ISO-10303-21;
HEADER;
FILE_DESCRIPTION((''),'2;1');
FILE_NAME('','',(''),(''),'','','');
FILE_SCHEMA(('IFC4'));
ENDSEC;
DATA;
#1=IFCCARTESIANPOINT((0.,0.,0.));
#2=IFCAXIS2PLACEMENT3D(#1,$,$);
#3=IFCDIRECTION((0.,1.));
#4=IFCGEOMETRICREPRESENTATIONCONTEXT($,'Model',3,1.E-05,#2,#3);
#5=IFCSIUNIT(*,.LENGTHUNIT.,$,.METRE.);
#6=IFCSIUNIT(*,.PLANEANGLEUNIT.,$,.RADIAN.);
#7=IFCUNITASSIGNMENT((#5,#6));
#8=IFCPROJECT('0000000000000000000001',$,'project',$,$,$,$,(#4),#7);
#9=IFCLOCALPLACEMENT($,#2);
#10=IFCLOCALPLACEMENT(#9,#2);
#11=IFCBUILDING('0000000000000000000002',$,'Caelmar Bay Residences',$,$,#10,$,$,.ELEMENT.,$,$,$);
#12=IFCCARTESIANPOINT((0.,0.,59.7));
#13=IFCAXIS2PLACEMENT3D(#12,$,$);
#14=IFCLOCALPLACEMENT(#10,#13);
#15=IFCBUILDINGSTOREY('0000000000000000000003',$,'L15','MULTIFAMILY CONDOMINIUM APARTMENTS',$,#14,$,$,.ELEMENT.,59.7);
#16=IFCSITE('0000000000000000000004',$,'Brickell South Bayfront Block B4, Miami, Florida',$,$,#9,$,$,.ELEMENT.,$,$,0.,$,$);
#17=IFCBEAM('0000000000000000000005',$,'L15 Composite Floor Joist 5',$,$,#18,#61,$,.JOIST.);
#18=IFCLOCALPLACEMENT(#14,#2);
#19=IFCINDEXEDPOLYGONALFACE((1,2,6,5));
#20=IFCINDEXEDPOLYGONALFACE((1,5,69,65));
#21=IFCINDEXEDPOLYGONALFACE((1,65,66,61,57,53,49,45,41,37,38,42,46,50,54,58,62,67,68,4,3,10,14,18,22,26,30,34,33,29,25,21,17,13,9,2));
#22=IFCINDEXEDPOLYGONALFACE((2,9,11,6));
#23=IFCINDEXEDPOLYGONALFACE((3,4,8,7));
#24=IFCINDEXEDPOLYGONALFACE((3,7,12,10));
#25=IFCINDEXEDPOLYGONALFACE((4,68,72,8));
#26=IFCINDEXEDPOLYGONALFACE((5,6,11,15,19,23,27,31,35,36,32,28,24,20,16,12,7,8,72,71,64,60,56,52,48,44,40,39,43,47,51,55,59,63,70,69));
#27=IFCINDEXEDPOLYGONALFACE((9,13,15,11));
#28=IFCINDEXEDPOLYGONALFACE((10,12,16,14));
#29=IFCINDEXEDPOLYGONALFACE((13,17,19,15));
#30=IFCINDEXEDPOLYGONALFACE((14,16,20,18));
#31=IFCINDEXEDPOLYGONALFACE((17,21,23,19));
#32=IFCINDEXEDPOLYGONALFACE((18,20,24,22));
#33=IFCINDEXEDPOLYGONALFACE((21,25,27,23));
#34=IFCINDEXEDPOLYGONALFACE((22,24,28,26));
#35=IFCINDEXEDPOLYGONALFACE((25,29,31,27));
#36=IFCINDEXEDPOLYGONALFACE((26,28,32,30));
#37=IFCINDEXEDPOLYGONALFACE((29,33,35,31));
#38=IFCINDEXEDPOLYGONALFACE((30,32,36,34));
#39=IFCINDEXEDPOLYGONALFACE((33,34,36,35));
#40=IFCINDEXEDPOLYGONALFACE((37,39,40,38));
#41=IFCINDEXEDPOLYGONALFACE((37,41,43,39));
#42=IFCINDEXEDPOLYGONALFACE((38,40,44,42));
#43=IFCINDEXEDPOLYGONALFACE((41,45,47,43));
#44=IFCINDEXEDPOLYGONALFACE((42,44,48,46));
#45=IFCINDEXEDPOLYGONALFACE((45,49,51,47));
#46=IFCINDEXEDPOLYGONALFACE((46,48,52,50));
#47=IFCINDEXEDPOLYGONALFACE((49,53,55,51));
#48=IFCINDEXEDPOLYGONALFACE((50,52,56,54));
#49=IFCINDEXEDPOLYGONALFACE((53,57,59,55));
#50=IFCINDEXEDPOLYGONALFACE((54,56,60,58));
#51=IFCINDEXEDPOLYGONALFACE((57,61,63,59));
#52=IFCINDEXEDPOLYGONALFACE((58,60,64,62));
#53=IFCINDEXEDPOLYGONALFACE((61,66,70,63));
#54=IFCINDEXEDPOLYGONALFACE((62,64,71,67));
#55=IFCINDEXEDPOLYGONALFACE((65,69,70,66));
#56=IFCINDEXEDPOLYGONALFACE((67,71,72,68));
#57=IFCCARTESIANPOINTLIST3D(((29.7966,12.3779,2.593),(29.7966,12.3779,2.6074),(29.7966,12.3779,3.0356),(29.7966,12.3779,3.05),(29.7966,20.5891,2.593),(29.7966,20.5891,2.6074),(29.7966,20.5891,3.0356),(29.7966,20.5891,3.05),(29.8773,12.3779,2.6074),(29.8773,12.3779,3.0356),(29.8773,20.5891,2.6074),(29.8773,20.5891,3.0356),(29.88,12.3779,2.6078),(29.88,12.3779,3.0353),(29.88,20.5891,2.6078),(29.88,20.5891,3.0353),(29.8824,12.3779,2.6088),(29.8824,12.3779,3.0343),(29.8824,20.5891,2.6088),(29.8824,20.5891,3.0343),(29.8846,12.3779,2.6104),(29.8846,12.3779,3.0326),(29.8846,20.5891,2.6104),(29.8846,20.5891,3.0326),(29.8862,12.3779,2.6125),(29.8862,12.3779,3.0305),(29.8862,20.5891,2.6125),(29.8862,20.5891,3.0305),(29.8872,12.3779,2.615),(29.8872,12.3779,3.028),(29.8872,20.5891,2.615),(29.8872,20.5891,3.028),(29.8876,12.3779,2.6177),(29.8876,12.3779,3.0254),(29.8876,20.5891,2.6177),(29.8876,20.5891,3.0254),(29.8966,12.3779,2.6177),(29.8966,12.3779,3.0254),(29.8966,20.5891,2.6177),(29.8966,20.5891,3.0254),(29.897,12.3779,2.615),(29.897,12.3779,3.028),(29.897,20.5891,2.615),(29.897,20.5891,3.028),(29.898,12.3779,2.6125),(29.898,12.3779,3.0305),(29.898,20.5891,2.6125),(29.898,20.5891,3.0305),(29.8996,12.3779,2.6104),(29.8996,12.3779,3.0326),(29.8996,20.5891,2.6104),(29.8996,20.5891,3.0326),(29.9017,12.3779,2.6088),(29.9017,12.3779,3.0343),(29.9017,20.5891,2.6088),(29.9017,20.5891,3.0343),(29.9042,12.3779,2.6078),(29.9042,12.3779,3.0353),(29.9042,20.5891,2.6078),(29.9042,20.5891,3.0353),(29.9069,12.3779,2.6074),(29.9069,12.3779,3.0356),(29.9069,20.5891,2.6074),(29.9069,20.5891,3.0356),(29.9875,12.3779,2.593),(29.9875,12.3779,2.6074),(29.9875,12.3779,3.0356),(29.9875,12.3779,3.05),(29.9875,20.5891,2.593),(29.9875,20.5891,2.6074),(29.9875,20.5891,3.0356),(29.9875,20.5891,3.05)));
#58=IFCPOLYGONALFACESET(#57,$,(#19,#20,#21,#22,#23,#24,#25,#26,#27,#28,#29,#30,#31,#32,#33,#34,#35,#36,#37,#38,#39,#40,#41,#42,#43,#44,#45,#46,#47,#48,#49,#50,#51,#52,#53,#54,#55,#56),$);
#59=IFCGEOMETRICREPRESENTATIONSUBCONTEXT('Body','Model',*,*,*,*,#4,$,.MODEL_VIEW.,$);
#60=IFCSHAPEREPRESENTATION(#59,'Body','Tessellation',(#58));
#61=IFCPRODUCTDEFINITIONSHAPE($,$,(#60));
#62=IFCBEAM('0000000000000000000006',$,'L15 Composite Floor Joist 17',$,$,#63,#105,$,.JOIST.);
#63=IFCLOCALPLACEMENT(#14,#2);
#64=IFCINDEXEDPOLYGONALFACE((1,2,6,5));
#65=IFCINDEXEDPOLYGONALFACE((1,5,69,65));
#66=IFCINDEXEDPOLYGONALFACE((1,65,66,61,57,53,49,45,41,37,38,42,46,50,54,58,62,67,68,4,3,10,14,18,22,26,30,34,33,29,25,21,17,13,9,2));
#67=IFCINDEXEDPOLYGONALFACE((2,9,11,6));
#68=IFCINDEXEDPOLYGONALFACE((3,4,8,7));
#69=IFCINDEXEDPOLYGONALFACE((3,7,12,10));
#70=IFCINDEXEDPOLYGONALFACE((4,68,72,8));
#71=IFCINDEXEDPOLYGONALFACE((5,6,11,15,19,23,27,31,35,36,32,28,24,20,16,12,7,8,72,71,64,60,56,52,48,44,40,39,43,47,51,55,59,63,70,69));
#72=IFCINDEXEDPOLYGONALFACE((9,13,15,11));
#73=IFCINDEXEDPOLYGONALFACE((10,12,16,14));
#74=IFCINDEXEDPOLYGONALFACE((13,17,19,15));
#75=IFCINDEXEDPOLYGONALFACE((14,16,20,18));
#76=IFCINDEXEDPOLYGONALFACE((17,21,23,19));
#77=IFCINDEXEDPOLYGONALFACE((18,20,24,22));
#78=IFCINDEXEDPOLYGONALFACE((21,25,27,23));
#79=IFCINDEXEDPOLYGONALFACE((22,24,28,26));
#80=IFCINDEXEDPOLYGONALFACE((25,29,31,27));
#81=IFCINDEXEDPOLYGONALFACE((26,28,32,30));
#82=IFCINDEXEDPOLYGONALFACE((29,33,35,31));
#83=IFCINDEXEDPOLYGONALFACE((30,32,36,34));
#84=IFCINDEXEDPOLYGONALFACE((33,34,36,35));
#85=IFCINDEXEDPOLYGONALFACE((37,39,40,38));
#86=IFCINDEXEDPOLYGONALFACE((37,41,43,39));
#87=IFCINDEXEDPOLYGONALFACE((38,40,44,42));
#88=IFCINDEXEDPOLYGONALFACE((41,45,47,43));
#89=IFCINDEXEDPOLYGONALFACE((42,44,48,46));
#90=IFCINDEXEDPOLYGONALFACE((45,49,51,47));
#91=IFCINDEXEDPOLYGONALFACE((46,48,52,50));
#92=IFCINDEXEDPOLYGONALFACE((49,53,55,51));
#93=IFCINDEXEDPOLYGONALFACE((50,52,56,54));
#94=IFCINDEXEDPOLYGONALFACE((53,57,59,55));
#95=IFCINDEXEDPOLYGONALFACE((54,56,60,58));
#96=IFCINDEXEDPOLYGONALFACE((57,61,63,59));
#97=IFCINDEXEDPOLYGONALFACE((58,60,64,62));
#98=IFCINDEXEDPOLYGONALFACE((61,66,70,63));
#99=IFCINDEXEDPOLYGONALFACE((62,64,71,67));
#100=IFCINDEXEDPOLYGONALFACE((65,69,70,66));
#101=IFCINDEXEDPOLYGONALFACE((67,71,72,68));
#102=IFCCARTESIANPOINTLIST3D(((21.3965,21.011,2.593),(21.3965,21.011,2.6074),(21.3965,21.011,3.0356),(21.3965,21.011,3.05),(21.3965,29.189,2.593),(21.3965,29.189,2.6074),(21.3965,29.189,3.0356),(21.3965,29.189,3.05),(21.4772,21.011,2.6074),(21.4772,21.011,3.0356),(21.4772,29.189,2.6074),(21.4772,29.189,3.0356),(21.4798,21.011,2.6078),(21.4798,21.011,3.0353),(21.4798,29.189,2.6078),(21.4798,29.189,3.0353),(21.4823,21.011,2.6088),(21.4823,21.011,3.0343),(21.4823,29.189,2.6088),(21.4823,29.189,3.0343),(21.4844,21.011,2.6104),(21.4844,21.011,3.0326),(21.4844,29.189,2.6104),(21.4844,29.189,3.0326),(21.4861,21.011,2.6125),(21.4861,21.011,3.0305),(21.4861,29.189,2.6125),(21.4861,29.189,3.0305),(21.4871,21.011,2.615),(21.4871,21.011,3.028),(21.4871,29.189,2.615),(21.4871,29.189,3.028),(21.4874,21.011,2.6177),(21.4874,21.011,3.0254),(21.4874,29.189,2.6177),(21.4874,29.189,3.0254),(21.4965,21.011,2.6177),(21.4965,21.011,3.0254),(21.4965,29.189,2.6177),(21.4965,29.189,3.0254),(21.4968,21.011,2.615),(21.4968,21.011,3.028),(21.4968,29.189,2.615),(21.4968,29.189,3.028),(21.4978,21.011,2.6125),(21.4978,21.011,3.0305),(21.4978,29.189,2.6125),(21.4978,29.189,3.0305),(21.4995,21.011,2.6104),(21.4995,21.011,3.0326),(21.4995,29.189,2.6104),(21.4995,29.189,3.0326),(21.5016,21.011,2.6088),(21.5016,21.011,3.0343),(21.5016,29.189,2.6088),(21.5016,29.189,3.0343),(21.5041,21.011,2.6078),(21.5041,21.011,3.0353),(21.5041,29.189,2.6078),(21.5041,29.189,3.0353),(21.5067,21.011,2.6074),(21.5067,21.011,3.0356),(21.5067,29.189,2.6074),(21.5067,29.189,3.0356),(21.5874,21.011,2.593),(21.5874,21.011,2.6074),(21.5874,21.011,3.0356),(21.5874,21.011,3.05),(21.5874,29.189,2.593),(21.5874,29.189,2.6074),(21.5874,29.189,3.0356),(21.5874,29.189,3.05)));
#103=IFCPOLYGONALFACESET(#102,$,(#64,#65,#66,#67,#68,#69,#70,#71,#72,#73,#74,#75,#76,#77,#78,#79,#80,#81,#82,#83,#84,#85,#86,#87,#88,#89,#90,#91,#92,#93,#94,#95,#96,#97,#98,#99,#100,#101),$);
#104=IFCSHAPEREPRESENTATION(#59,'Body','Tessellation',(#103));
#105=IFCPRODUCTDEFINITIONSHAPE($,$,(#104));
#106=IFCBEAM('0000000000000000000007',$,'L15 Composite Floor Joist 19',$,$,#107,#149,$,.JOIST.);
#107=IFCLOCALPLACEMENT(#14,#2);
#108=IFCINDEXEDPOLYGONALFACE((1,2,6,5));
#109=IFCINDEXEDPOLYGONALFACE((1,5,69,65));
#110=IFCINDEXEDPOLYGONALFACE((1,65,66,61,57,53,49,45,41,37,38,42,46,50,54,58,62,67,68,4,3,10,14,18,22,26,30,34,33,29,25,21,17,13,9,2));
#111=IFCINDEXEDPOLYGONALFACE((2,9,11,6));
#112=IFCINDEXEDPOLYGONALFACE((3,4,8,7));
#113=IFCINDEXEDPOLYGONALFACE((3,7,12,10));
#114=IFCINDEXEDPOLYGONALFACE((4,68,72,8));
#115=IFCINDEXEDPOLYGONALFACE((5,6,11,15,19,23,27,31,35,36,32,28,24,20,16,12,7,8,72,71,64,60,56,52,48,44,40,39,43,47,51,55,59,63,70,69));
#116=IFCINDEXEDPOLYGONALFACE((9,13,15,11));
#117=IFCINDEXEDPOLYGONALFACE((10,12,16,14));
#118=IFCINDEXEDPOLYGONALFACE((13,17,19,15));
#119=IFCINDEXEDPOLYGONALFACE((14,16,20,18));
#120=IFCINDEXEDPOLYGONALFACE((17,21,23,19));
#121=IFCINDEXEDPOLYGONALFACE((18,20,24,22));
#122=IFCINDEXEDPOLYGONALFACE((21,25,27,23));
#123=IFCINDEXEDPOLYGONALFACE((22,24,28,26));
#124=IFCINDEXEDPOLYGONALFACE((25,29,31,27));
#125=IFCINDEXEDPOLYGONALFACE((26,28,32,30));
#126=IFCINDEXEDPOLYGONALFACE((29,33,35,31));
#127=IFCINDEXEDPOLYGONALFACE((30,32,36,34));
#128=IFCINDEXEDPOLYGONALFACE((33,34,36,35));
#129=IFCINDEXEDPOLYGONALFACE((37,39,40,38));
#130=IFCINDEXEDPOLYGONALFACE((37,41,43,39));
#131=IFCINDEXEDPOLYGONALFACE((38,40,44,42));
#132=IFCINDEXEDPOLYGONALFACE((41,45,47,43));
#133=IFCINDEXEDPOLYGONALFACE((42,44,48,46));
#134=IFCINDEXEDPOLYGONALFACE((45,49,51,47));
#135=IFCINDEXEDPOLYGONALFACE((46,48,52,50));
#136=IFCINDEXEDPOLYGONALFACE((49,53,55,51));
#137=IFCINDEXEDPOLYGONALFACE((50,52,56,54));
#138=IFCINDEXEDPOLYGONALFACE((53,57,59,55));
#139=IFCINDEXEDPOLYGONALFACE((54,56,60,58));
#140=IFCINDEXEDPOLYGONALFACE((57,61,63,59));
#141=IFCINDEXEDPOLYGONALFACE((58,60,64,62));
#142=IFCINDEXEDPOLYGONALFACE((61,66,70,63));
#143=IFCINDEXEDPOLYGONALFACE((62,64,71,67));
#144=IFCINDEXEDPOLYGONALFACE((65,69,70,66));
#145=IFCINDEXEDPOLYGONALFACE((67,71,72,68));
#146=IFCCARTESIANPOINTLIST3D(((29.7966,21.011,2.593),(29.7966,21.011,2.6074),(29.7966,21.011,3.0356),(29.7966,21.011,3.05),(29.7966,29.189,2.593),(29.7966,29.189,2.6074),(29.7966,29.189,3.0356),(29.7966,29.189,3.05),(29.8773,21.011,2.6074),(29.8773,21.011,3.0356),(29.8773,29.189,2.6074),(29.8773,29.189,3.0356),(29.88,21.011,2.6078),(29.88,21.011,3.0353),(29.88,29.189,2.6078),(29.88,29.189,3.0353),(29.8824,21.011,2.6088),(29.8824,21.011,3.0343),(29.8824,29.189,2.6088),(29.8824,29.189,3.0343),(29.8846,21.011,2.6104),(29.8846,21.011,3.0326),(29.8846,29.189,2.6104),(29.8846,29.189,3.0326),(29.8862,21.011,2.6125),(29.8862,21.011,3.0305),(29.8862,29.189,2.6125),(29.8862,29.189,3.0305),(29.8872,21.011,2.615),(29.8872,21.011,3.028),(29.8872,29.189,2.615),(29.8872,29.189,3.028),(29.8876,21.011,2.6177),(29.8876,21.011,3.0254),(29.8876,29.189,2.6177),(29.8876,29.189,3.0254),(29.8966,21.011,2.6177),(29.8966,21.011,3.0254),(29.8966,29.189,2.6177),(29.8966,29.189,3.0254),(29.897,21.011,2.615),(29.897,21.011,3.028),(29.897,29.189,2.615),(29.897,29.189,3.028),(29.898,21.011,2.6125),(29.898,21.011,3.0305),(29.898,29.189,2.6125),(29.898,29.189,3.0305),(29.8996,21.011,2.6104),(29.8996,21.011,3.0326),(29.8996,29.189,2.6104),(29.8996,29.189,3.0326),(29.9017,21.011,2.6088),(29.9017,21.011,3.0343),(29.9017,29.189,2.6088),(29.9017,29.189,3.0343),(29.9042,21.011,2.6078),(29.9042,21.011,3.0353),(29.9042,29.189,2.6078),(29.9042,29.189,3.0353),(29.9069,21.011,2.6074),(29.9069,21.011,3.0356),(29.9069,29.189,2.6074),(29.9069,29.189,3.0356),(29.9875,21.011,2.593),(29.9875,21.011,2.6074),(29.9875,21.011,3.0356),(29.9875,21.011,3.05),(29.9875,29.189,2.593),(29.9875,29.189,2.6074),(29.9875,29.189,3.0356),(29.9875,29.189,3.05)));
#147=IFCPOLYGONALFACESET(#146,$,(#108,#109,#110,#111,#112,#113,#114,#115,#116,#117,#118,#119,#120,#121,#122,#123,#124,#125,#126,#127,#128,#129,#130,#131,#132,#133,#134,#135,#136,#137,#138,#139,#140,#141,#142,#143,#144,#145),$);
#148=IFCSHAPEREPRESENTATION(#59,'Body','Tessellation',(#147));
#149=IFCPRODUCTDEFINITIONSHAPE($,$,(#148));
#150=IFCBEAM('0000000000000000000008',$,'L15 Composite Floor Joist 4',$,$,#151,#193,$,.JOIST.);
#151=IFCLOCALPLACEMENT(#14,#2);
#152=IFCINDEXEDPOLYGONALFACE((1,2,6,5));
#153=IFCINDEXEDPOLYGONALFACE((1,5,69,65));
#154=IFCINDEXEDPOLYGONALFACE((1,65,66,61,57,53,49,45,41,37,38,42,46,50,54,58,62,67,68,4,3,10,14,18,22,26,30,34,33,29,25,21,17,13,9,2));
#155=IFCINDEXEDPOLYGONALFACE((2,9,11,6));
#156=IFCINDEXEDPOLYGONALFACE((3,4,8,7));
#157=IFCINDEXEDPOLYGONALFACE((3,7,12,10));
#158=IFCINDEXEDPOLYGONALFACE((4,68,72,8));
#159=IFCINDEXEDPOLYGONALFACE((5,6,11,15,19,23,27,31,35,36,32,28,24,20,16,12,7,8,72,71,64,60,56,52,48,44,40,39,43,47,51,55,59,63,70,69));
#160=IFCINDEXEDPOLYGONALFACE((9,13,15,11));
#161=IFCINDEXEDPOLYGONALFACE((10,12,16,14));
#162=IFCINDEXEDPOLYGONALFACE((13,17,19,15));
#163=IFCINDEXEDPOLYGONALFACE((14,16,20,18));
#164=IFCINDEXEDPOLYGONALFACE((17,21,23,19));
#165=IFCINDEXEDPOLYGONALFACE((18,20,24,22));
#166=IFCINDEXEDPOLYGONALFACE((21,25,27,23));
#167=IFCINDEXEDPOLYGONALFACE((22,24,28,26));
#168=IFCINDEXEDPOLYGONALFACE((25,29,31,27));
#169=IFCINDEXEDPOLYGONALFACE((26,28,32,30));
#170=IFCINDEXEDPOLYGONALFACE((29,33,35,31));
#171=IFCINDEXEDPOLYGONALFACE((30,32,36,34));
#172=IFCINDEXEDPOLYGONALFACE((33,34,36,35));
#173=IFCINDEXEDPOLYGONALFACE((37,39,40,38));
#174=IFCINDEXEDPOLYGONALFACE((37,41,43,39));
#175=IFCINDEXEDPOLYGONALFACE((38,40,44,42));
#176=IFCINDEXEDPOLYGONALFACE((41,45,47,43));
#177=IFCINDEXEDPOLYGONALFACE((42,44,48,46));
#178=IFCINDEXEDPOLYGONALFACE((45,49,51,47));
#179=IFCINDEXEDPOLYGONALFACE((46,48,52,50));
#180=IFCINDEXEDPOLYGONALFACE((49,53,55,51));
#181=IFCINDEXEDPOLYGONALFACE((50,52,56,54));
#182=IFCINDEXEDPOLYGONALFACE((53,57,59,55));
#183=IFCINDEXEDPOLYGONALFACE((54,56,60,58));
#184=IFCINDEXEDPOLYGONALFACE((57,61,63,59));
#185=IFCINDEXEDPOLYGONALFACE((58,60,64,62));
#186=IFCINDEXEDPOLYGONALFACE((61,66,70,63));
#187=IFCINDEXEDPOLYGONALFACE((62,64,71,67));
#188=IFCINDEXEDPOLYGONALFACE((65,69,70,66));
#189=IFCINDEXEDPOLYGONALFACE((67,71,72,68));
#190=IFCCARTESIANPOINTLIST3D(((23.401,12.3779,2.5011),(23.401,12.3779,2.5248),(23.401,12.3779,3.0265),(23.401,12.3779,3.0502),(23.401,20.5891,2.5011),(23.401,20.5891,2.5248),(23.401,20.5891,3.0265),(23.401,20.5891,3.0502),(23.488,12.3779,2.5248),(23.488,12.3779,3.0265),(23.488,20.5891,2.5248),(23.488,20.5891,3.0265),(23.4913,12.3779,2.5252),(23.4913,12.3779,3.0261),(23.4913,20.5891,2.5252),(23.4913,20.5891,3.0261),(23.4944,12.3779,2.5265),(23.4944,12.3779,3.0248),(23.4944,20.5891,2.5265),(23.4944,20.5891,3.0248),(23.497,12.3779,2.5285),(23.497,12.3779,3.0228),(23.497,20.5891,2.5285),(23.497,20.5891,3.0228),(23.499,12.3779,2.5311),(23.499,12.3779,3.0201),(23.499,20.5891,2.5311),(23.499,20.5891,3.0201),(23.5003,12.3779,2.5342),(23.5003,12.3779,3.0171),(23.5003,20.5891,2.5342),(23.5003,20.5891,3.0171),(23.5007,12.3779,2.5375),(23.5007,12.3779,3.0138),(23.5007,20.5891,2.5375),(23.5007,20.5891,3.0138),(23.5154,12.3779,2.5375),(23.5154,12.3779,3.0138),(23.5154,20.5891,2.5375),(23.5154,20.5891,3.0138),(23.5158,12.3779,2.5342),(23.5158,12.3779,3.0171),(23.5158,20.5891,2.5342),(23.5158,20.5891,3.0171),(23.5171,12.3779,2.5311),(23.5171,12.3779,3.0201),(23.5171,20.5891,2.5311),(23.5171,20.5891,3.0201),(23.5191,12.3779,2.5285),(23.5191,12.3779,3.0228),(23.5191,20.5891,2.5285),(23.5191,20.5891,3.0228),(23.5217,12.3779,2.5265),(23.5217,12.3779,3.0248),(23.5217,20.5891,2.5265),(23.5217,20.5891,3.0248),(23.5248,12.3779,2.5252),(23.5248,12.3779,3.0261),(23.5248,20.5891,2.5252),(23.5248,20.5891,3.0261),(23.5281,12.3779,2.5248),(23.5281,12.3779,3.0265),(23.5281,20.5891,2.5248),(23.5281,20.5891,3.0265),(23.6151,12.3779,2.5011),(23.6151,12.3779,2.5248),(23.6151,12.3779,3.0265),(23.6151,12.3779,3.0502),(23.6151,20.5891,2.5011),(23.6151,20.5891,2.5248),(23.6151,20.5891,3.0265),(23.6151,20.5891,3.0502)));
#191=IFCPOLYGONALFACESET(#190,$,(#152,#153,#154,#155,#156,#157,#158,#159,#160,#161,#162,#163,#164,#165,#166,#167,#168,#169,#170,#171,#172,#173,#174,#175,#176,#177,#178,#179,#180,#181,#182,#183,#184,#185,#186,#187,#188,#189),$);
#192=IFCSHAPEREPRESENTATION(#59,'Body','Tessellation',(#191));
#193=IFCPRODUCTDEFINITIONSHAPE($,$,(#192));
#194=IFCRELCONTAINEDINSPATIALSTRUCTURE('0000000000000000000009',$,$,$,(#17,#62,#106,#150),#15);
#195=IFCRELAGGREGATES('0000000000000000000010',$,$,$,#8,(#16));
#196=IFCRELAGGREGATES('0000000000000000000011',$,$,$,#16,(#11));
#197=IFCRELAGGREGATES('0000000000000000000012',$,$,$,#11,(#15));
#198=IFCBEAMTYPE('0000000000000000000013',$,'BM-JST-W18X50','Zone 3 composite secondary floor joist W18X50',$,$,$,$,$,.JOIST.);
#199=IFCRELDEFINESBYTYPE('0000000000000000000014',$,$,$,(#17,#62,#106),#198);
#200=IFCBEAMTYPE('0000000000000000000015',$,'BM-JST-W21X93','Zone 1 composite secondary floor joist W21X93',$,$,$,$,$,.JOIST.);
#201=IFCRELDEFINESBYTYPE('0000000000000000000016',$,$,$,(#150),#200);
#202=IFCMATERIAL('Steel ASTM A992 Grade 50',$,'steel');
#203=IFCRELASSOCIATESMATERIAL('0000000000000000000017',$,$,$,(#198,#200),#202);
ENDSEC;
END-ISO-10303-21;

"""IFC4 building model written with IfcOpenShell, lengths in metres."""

from ifc_helpers import new_model, si_unit, direction, frame, origin, origin_2d, place, context, subcontext, project, spatial, i_section, extrude, material, material_profile, profile_set, type_object, element, save


model = new_model("IFC4")

# Units and contexts
model_context = context("Model", 3, precision=1e-05, world=origin(), true_north=direction((0.0, 1.0)))
body_context = subcontext(model_context, "Body", "Model", "MODEL_VIEW")
ifc_project = project(units=[si_unit("LENGTHUNIT", "METRE"), si_unit("PLANEANGLEUNIT", "RADIAN")], contexts=[model_context])

# Site, building, storey
site_placement = place(None, origin())
site = spatial("IfcSite", under=ifc_project, at=site_placement, Name="Brickell South Bayfront Block B4, Miami, Florida", CompositionType="ELEMENT", RefElevation=0.0)
building_placement = place(site_placement, origin())
building = spatial("IfcBuilding", under=site, at=building_placement, Name="Caelmar Bay Residences", CompositionType="ELEMENT")
storey_placement = place(building_placement, frame((0.0, 0.0, 59.7)))
storey = spatial("IfcBuildingStorey", under=building, at=storey_placement, Name="L15", Description="MULTIFAMILY CONDOMINIUM APARTMENTS", CompositionType="ELEMENT", Elevation=59.7)

# Beams
ifc_material_1 = material(Name="Steel ASTM A992 Grade 50", Category="steel")
ifc_material_profile_1 = material_profile(ifc_material_1, i_section(OverallWidth=0.1909, OverallDepth=0.457, WebThickness=0.009, FlangeThickness=0.0144, FilletRadius=0.0103, at=origin_2d()), Name="W18X50")
ifc_profile_set_1 = profile_set([ifc_material_profile_1], Name="Steel ASTM A992 Grade 50")
beam_type_1 = type_object("IfcBeamType", Name="BM-JST-W18X50", Description="Zone 3 composite secondary floor joist W18X50", PredefinedType="JOIST", material=ifc_profile_set_1)
for number, where, z_axis, x_axis, name in (
    (1, (29.8921, 12.3779, 2.8215), (0.0, 1.0, 0.0), (-1.0, 0.0, 0.0), "L15 Composite Floor Joist 5"),
):
    element("IfcBeam", number, at=place(storey_placement, frame(where, z_axis=z_axis, x_axis=x_axis)), inside=storey, type_object=beam_type_1, Name=name, PredefinedType="JOIST", context=body_context, shape_type="SweptSolid", body=[
        extrude(i_section(OverallWidth=0.1909, OverallDepth=0.457, WebThickness=0.009, FlangeThickness=0.0144, FilletRadius=0.0103, at=origin_2d()), origin(), (0.0, 0.0, 1.0), 8.2112),
    ])
for number, where, z_axis, x_axis, name in (
    (2, (21.4919, 21.011, 2.8215), (0.0, 1.0, 0.0), (-1.0, 0.0, 0.0), "L15 Composite Floor Joist 17"),
    (3, (29.8921, 21.011, 2.8215), (0.0, 1.0, 0.0), (-1.0, 0.0, 0.0), "L15 Composite Floor Joist 19"),
):
    element("IfcBeam", number, at=place(storey_placement, frame(where, z_axis=z_axis, x_axis=x_axis)), inside=storey, type_object=beam_type_1, Name=name, PredefinedType="JOIST", context=body_context, shape_type="SweptSolid", body=[
        extrude(i_section(OverallWidth=0.1909, OverallDepth=0.457, WebThickness=0.009, FlangeThickness=0.0144, FilletRadius=0.0103, at=origin_2d()), origin(), (0.0, 0.0, 1.0), 8.178),
    ])
ifc_material_profile_2 = material_profile(ifc_material_1, i_section(OverallWidth=0.2141, OverallDepth=0.5491, WebThickness=0.0146, FlangeThickness=0.0237, FilletRadius=0.0127, at=origin_2d()), Name="W21X93")
ifc_profile_set_2 = profile_set([ifc_material_profile_2], Name="Steel ASTM A992 Grade 50")
beam_type_2 = type_object("IfcBeamType", Name="BM-JST-W21X93", Description="Zone 1 composite secondary floor joist W21X93", PredefinedType="JOIST", material=ifc_profile_set_2)
for number, where, z_axis, x_axis, name in (
    (4, (23.5081, 12.3779, 2.7756), (0.0, 1.0, 0.0), (-1.0, 0.0, 0.0), "L15 Composite Floor Joist 4"),
):
    element("IfcBeam", number, at=place(storey_placement, frame(where, z_axis=z_axis, x_axis=x_axis)), inside=storey, type_object=beam_type_2, Name=name, PredefinedType="JOIST", context=body_context, shape_type="SweptSolid", body=[
        extrude(i_section(OverallWidth=0.2141, OverallDepth=0.5491, WebThickness=0.0146, FlangeThickness=0.0237, FilletRadius=0.0127, at=origin_2d()), origin(), (0.0, 0.0, 1.0), 8.2112),
    ])

save(model, "model.ifc")
